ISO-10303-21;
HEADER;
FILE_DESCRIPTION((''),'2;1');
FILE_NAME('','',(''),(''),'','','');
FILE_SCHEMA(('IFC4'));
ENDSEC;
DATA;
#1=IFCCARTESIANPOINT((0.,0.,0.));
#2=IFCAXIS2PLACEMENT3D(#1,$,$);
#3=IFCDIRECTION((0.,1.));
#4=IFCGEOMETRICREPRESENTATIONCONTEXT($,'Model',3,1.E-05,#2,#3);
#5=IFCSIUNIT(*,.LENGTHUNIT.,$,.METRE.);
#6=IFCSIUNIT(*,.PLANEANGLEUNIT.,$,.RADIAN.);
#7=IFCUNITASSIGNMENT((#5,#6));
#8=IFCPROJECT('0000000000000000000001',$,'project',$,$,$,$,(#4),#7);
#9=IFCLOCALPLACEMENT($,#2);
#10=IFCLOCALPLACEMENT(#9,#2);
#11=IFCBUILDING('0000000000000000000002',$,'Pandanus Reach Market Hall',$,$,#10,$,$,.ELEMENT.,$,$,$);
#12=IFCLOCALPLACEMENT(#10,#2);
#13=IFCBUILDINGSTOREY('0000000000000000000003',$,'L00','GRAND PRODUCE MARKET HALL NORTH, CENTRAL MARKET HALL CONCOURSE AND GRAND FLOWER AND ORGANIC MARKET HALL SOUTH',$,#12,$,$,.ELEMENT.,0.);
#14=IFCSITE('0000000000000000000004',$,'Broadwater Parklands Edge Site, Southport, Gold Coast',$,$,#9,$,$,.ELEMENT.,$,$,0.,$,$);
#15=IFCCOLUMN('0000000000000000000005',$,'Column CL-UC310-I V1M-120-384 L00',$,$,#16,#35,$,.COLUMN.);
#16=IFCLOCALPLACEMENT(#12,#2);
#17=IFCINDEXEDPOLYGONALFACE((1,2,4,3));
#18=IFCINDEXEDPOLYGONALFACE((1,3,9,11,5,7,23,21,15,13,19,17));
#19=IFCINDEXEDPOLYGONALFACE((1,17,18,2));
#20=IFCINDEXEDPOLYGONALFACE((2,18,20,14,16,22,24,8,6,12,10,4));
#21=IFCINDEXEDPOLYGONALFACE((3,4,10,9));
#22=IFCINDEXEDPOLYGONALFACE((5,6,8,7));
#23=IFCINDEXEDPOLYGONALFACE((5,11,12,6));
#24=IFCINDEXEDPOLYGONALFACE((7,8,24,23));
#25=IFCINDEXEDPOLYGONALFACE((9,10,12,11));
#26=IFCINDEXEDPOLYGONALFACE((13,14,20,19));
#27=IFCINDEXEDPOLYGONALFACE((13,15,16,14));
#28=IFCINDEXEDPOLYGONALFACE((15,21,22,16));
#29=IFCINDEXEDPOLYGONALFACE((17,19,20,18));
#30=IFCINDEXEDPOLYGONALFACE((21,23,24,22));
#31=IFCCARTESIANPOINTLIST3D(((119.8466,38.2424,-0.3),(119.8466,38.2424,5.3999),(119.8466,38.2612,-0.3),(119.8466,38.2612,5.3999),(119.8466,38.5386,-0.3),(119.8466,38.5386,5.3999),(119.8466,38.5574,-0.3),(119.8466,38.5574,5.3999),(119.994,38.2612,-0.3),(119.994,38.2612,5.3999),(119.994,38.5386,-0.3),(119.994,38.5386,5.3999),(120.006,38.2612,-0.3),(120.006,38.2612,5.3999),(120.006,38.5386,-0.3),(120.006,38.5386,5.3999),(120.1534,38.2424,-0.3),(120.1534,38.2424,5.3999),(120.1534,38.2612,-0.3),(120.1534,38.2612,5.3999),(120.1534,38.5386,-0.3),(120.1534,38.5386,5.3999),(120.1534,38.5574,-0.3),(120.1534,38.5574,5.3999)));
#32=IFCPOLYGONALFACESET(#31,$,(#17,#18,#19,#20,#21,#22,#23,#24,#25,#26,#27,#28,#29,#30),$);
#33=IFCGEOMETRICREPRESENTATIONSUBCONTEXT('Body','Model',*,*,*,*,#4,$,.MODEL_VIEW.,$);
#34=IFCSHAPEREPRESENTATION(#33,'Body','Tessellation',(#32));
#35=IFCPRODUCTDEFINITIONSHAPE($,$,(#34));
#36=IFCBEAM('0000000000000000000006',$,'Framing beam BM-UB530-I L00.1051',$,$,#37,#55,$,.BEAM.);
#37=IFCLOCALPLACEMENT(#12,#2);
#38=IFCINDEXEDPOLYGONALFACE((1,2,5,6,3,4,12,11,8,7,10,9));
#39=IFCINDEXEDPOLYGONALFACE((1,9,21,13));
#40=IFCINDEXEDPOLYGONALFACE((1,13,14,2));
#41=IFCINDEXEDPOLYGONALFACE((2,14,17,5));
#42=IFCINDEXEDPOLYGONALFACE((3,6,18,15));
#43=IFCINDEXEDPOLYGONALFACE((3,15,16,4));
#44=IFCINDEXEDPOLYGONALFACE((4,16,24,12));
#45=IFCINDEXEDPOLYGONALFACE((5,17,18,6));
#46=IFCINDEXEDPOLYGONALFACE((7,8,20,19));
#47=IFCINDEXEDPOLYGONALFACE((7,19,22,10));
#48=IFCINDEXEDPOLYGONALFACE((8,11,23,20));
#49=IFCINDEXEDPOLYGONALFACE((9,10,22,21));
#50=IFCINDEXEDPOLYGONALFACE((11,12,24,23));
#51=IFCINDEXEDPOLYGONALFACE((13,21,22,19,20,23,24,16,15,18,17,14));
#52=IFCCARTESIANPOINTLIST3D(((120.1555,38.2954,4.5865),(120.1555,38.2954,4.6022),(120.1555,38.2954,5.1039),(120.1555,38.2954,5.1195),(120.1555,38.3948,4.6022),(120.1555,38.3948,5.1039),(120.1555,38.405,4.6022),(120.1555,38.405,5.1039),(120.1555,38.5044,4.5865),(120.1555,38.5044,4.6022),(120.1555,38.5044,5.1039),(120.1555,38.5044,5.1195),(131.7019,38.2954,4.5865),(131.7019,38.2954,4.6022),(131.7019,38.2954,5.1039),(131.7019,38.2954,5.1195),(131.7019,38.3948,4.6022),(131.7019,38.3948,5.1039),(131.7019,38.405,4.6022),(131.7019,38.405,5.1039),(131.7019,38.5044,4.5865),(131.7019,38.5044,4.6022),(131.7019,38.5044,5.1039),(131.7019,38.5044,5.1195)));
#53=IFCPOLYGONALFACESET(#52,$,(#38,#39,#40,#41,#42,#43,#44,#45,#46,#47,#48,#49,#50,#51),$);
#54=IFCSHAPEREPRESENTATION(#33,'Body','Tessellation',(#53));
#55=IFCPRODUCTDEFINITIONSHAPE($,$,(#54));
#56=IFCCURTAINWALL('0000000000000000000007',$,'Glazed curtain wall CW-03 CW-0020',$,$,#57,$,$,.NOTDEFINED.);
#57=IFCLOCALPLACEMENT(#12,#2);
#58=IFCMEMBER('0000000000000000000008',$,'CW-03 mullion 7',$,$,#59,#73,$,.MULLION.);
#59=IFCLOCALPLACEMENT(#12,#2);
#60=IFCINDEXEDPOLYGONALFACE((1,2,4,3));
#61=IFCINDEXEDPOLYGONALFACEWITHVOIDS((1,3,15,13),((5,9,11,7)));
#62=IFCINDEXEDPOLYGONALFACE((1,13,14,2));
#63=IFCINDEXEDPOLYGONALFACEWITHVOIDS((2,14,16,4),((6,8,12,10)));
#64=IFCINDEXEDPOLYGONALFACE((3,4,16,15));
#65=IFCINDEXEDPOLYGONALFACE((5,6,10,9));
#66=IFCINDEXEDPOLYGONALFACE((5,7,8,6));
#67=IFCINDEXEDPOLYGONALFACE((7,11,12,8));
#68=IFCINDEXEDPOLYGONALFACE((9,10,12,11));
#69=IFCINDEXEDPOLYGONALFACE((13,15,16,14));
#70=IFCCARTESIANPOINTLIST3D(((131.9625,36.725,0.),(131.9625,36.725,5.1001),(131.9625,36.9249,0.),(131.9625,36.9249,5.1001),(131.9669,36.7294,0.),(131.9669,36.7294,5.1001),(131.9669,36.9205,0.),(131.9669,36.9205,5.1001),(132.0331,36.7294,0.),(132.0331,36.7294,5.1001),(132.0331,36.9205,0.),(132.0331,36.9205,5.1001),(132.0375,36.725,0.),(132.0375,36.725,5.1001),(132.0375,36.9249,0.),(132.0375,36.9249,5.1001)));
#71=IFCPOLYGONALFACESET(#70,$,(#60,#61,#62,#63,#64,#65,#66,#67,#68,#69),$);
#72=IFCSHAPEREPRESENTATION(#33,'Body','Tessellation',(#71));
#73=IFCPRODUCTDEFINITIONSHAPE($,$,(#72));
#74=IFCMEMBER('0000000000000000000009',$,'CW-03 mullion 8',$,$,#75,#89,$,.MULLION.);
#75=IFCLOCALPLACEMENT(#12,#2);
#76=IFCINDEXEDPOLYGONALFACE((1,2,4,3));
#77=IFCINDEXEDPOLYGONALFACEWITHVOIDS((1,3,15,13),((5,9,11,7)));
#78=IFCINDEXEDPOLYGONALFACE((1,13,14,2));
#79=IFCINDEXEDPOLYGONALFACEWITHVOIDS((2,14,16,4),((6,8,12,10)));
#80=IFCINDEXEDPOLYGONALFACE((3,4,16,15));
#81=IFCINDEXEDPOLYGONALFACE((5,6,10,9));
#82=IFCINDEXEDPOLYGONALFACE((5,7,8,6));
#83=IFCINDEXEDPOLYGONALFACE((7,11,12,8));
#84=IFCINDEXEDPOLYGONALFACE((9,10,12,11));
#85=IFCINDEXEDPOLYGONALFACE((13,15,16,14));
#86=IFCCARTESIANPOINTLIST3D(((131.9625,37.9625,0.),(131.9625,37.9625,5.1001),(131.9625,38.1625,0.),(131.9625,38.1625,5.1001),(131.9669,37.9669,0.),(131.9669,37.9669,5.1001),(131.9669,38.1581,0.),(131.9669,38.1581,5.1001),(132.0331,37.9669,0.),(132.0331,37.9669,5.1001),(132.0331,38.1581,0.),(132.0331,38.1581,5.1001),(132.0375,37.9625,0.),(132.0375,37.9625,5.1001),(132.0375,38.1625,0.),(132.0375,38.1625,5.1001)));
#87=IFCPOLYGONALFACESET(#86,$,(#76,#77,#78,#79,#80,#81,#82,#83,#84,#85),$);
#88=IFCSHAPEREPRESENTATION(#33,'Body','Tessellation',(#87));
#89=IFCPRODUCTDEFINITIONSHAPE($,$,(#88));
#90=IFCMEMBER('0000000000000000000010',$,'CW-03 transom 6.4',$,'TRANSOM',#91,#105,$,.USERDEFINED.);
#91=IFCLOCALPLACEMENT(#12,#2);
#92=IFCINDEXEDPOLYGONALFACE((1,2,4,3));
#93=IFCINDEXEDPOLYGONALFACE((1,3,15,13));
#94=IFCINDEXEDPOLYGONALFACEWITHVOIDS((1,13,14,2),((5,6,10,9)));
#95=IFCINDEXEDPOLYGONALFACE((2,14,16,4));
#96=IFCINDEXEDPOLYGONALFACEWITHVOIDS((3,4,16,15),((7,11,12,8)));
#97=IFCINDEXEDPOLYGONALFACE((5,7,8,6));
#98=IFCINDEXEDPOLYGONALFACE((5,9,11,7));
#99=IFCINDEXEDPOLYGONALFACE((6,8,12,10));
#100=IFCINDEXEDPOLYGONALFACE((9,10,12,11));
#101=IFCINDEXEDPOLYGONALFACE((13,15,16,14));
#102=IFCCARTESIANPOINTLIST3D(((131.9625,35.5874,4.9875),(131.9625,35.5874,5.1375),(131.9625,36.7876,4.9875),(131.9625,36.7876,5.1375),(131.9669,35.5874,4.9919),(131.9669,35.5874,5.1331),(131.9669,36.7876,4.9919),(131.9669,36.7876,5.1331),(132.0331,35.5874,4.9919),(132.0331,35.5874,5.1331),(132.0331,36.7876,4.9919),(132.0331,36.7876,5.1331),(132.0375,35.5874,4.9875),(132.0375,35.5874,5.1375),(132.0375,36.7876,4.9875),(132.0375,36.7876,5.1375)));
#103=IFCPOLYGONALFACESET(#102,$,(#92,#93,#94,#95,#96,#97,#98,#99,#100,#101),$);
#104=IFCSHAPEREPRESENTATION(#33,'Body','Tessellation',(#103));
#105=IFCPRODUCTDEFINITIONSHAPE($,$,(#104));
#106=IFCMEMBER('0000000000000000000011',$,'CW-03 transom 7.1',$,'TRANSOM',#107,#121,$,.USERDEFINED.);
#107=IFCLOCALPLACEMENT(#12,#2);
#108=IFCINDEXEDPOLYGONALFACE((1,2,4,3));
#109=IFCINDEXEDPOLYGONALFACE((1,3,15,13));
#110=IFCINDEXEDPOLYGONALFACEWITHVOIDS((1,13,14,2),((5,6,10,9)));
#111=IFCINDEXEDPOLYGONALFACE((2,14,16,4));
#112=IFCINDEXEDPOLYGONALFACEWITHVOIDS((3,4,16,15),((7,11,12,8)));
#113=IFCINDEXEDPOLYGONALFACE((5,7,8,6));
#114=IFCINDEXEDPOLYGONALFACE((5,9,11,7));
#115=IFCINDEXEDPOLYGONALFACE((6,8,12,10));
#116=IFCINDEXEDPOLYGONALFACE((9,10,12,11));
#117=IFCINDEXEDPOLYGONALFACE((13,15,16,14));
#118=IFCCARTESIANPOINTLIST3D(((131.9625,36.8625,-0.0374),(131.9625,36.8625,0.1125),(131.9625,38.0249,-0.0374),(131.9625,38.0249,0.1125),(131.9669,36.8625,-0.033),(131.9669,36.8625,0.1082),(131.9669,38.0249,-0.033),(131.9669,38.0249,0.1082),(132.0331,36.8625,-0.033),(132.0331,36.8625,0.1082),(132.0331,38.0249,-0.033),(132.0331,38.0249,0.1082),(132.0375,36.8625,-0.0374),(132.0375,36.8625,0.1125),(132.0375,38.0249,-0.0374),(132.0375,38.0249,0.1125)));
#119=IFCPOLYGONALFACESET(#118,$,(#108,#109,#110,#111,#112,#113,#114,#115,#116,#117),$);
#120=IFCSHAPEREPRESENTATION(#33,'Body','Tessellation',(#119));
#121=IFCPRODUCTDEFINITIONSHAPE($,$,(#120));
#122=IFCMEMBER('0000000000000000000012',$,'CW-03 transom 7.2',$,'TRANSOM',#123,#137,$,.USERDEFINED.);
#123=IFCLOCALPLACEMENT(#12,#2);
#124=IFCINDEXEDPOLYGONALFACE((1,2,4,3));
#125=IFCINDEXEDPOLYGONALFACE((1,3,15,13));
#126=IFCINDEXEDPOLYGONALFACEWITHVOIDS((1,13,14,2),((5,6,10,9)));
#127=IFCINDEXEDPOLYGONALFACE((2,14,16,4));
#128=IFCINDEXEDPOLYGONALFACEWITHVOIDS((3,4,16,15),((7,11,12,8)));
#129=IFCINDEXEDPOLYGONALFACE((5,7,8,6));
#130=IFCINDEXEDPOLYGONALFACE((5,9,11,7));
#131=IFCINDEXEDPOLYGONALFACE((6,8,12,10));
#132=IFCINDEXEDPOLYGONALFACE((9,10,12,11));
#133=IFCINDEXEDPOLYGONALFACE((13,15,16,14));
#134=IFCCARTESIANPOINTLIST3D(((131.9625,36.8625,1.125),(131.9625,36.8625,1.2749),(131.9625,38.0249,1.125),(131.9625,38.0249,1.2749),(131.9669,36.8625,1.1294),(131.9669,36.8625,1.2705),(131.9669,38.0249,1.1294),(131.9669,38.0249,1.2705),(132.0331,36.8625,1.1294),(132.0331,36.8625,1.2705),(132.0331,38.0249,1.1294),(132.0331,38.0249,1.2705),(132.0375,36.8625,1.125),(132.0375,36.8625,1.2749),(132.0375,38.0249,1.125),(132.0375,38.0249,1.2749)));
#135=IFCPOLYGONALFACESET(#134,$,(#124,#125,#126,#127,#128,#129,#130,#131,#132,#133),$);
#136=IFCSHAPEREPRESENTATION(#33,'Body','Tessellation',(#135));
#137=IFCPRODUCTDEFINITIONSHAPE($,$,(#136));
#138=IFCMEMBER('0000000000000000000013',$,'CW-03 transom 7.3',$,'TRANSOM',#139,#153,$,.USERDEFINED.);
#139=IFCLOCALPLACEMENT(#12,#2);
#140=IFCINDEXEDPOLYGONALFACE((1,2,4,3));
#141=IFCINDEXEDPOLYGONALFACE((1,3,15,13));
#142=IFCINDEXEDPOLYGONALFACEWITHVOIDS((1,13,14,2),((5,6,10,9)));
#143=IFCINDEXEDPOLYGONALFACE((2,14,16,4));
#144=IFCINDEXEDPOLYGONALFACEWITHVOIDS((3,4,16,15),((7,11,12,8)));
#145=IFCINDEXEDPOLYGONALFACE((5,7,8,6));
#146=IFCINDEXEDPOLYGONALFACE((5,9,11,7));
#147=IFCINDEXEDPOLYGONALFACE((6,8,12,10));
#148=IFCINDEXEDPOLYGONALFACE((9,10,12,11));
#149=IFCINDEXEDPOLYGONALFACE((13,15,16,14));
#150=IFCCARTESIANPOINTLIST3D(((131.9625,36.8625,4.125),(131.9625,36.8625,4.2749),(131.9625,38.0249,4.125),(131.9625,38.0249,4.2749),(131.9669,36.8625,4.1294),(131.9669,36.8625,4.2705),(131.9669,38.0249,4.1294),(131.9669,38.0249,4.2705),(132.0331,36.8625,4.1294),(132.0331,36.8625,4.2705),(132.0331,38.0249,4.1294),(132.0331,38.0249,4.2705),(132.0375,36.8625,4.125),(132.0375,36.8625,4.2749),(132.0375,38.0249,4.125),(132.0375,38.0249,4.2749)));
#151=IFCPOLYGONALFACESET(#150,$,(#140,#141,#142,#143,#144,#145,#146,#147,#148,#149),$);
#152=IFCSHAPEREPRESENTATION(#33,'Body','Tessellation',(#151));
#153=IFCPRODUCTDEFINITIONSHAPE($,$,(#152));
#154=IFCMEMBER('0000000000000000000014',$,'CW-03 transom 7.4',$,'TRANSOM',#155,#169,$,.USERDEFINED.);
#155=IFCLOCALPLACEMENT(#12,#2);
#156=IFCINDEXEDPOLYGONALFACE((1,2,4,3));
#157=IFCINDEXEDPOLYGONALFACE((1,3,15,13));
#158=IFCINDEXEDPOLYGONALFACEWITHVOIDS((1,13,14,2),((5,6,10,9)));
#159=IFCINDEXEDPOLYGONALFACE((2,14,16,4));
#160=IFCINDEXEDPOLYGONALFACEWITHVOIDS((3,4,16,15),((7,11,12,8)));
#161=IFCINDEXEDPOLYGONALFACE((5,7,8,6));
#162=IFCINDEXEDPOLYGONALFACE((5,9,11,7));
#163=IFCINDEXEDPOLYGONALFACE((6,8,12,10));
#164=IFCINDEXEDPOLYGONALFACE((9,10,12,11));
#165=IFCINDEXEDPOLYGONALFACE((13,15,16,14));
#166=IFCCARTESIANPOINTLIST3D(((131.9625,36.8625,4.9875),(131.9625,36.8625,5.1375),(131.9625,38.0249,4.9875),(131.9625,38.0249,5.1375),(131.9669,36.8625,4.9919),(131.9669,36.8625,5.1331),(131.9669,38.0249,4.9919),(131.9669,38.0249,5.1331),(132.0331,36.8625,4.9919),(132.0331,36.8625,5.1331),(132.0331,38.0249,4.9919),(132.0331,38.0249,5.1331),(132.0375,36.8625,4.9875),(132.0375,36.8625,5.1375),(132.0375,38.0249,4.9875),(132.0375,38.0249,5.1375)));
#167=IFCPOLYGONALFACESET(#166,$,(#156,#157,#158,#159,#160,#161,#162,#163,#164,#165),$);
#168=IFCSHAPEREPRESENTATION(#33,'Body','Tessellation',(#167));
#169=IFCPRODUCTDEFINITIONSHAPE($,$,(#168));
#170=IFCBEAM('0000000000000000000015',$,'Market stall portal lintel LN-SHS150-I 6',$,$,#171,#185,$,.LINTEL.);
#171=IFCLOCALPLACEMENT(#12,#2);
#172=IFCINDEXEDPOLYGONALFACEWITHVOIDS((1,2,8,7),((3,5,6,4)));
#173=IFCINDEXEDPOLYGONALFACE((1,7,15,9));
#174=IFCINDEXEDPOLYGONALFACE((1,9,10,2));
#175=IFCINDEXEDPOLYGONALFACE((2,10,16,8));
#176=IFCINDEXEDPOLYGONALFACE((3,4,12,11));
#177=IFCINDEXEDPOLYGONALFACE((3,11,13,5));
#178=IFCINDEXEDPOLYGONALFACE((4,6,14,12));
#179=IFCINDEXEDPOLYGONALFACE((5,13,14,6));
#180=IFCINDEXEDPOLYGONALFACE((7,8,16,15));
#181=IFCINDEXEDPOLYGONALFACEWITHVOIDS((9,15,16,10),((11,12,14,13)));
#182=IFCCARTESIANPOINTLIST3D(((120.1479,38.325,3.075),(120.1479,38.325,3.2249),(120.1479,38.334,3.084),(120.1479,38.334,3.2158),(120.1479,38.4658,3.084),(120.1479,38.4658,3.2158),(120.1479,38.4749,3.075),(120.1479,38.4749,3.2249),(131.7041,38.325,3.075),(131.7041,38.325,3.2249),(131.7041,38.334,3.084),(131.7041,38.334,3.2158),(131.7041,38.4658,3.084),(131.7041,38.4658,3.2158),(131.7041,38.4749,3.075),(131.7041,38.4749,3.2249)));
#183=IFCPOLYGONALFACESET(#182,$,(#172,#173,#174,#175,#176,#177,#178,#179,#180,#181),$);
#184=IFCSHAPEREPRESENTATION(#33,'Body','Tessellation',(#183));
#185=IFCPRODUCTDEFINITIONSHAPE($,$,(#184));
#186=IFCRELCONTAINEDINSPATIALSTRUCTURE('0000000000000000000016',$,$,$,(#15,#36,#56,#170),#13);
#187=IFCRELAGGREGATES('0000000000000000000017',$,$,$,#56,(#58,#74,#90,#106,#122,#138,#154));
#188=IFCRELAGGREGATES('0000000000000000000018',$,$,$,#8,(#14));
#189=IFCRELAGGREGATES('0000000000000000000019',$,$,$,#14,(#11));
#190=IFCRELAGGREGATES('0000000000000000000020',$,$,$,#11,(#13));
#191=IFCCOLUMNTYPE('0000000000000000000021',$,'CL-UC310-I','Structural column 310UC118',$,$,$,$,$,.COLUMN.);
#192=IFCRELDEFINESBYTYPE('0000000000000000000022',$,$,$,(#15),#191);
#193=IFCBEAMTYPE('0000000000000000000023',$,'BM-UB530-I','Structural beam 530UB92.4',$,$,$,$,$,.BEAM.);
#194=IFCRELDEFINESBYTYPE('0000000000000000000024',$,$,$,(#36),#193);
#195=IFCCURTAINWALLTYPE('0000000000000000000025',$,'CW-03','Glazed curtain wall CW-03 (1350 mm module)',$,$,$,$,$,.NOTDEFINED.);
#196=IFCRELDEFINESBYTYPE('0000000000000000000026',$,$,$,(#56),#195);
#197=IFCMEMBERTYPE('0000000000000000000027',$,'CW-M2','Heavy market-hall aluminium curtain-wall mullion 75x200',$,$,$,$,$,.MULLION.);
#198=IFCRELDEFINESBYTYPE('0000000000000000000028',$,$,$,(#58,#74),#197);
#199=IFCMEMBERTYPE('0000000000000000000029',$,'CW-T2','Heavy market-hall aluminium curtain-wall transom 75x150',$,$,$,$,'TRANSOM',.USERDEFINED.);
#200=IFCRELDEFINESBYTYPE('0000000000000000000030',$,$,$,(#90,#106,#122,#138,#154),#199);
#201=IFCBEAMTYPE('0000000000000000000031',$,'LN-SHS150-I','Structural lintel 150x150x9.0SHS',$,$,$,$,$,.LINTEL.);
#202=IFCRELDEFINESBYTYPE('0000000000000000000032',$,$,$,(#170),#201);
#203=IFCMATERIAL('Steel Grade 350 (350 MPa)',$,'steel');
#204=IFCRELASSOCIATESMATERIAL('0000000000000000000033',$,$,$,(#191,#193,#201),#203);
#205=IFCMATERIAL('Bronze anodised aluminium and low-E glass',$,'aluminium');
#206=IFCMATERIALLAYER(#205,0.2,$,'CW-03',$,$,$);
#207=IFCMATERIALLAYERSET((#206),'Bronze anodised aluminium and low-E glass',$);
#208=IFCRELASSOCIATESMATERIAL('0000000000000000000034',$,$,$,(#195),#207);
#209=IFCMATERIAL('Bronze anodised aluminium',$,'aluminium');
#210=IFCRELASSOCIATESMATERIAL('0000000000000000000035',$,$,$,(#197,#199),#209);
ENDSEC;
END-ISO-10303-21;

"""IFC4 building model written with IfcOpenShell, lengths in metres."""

from ifc_helpers import new_model, si_unit, direction, frame, origin, origin_2d, place, context, subcontext, project, spatial, hollow_rectangle, i_section, extrude, material, layer, layer_set, material_profile, profile_set, type_object, element, aggregate, save


model = new_model("IFC4")

# Units and contexts
model_context = context("Model", 3, precision=1e-05, world=origin(), true_north=direction((0.0, 1.0)))
body_context = subcontext(model_context, "Body", "Model", "MODEL_VIEW")
ifc_project = project(units=[si_unit("LENGTHUNIT", "METRE"), si_unit("PLANEANGLEUNIT", "RADIAN")], contexts=[model_context])

# Site, building, storey
site_placement = place(None, origin())
site = spatial("IfcSite", under=ifc_project, at=site_placement, Name="Broadwater Parklands Edge Site, Southport, Gold Coast", CompositionType="ELEMENT", RefElevation=0.0)
building_placement = place(site_placement, origin())
building = spatial("IfcBuilding", under=site, at=building_placement, Name="Pandanus Reach Market Hall", CompositionType="ELEMENT")
storey_placement = place(building_placement, origin())
storey = spatial("IfcBuildingStorey", under=building, at=storey_placement, Name="L00", Description="GRAND PRODUCE MARKET HALL NORTH, CENTRAL MARKET HALL CONCOURSE AND GRAND FLOWER AND ORGANIC MARKET HALL SOUTH", CompositionType="ELEMENT", Elevation=0.0)

# Column
ifc_material_1 = material(Name="Steel Grade 350 (350 MPa)", Category="steel")
ifc_material_profile_1 = material_profile(ifc_material_1, i_section(OverallWidth=0.3069, OverallDepth=0.3149, WebThickness=0.012, FlangeThickness=0.0188, at=origin_2d()), Name="310UC118", Category="LoadBearing")
ifc_profile_set_1 = profile_set([ifc_material_profile_1], Name="Steel Grade 350 (350 MPa)")
column_type_1 = type_object("IfcColumnType", Name="CL-UC310-I", Description="Structural column 310UC118", PredefinedType="COLUMN", material=ifc_profile_set_1)
column_1_placement = place(storey_placement, frame((120.0, 38.3999, -0.3), z_axis=(0.0, 0.0, 1.0), x_axis=(1.0, 0.0, 0.0)))
element("IfcColumn", 1, at=column_1_placement, inside=storey, type_object=column_type_1, Name="Column CL-UC310-I V1M-120-384 L00", PredefinedType="COLUMN", context=body_context, shape_type="SweptSolid", body=[
    extrude(i_section(OverallWidth=0.3069, OverallDepth=0.3149, WebThickness=0.012, FlangeThickness=0.0188, at=origin_2d()), origin(), (0.0, 0.0, 1.0), 5.7),
])

# Beam
ifc_material_profile_2 = material_profile(ifc_material_1, i_section(OverallWidth=0.209, OverallDepth=0.533, WebThickness=0.0103, FlangeThickness=0.0156, at=origin_2d()), Name="530UB92.4", Category="LoadBearing")
ifc_profile_set_2 = profile_set([ifc_material_profile_2], Name="Steel Grade 350 (350 MPa)")
beam_type_1 = type_object("IfcBeamType", Name="BM-UB530-I", Description="Structural beam 530UB92.4", PredefinedType="BEAM", material=ifc_profile_set_2)
beam_1_placement = place(storey_placement, frame((120.1555, 38.3999, 4.853), z_axis=(1.0, 0.0, 0.0), x_axis=(0.0, 1.0, 0.0)))
element("IfcBeam", 2, at=beam_1_placement, inside=storey, type_object=beam_type_1, Name="Framing beam BM-UB530-I L00.1051", PredefinedType="BEAM", context=body_context, shape_type="SweptSolid", body=[
    extrude(i_section(OverallWidth=0.209, OverallDepth=0.533, WebThickness=0.0103, FlangeThickness=0.0156, at=origin_2d()), origin(), (0.0, 0.0, 1.0), 11.5464),
])

# Curtain wall, members
ifc_material_2 = material(Name="Bronze anodised aluminium and low-E glass", Category="aluminium")
ifc_layer_1 = layer(ifc_material_2, 0.2, Name="CW-03")
ifc_layer_set_1 = layer_set([ifc_layer_1], Name="Bronze anodised aluminium and low-E glass")
curtain_wall_type = type_object("IfcCurtainWallType", Name="CW-03", Description="Glazed curtain wall CW-03 (1350 mm module)", PredefinedType="NOTDEFINED", material=ifc_layer_set_1)
curtain_wall_placement = place(storey_placement, origin())
curtain_wall = element("IfcCurtainWall", 3, at=curtain_wall_placement, inside=storey, type_object=curtain_wall_type, Name="Glazed curtain wall CW-03 CW-0020", PredefinedType="NOTDEFINED")
ifc_material_3 = material(Name="Bronze anodised aluminium", Category="aluminium")
ifc_material_profile_3 = material_profile(ifc_material_3, hollow_rectangle(XDim=0.075, YDim=0.2, WallThickness=0.0044, at=origin_2d()), Name="ALU75x200", Category="LoadBearing")
ifc_profile_set_3 = profile_set([ifc_material_profile_3], Name="Bronze anodised aluminium")
member_type_1 = type_object("IfcMemberType", Name="CW-M2", Description="Heavy market-hall aluminium curtain-wall mullion 75x200", PredefinedType="MULLION", material=ifc_profile_set_3)
member_1_placement = place(storey_placement, frame((132.0, 36.825, 0.0), z_axis=(0.0, 0.0, 1.0), x_axis=(-1.0, 0.0, 0.0)))
member_1 = element("IfcMember", 4, at=member_1_placement, type_object=member_type_1, Name="CW-03 mullion 7", PredefinedType="MULLION", context=body_context, shape_type="SweptSolid", body=[
    extrude(hollow_rectangle(XDim=0.075, YDim=0.2, WallThickness=0.0044, at=origin_2d()), origin(), (0.0, 0.0, 1.0), 5.1001),
])
member_2_placement = place(storey_placement, frame((132.0, 38.0625, 0.0), z_axis=(0.0, 0.0, 1.0), x_axis=(-1.0, 0.0, 0.0)))
member_2 = element("IfcMember", 5, at=member_2_placement, type_object=member_type_1, Name="CW-03 mullion 8", PredefinedType="MULLION", context=body_context, shape_type="SweptSolid", body=[
    extrude(hollow_rectangle(XDim=0.075, YDim=0.2, WallThickness=0.0044, at=origin_2d()), origin(), (0.0, 0.0, 1.0), 5.1001),
])
ifc_material_profile_4 = material_profile(ifc_material_3, hollow_rectangle(XDim=0.075, YDim=0.1499, WallThickness=0.0044, at=origin_2d()), Name="ALU75x150", Category="LoadBearing")
ifc_profile_set_4 = profile_set([ifc_material_profile_4], Name="Bronze anodised aluminium")
member_type_2 = type_object("IfcMemberType", Name="CW-T2", Description="Heavy market-hall aluminium curtain-wall transom 75x150", ElementType="TRANSOM", PredefinedType="USERDEFINED", material=ifc_profile_set_4)
member_3_placement = place(storey_placement, frame((132.0, 35.5874, 5.0625), z_axis=(0.0, 1.0, 0.0), x_axis=(-1.0, 0.0, 0.0)))
member_3 = element("IfcMember", 6, at=member_3_placement, type_object=member_type_2, Name="CW-03 transom 6.4", ObjectType="TRANSOM", PredefinedType="USERDEFINED", context=body_context, shape_type="SweptSolid", body=[
    extrude(hollow_rectangle(XDim=0.075, YDim=0.1499, WallThickness=0.0044, at=origin_2d()), origin(), (0.0, 0.0, 1.0), 1.2002),
])
member_4_placement = place(storey_placement, frame((132.0, 36.8625, 0.0376), z_axis=(0.0, 1.0, 0.0), x_axis=(-1.0, 0.0, 0.0)))
member_4 = element("IfcMember", 7, at=member_4_placement, type_object=member_type_2, Name="CW-03 transom 7.1", ObjectType="TRANSOM", PredefinedType="USERDEFINED", context=body_context, shape_type="SweptSolid", body=[
    extrude(hollow_rectangle(XDim=0.075, YDim=0.1499, WallThickness=0.0044, at=origin_2d()), origin(), (0.0, 0.0, 1.0), 1.1624),
])
member_5_placement = place(storey_placement, frame((132.0, 36.8625, 1.2), z_axis=(0.0, 1.0, 0.0), x_axis=(-1.0, 0.0, 0.0)))
member_5 = element("IfcMember", 8, at=member_5_placement, type_object=member_type_2, Name="CW-03 transom 7.2", ObjectType="TRANSOM", PredefinedType="USERDEFINED", context=body_context, shape_type="SweptSolid", body=[
    extrude(hollow_rectangle(XDim=0.075, YDim=0.1499, WallThickness=0.0044, at=origin_2d()), origin(), (0.0, 0.0, 1.0), 1.1624),
])
member_6_placement = place(storey_placement, frame((132.0, 36.8625, 4.2), z_axis=(0.0, 1.0, 0.0), x_axis=(-1.0, 0.0, 0.0)))
member_6 = element("IfcMember", 9, at=member_6_placement, type_object=member_type_2, Name="CW-03 transom 7.3", ObjectType="TRANSOM", PredefinedType="USERDEFINED", context=body_context, shape_type="SweptSolid", body=[
    extrude(hollow_rectangle(XDim=0.075, YDim=0.1499, WallThickness=0.0044, at=origin_2d()), origin(), (0.0, 0.0, 1.0), 1.1624),
])
member_7_placement = place(storey_placement, frame((132.0, 36.8625, 5.0625), z_axis=(0.0, 1.0, 0.0), x_axis=(-1.0, 0.0, 0.0)))
member_7 = element("IfcMember", 10, at=member_7_placement, type_object=member_type_2, Name="CW-03 transom 7.4", ObjectType="TRANSOM", PredefinedType="USERDEFINED", context=body_context, shape_type="SweptSolid", body=[
    extrude(hollow_rectangle(XDim=0.075, YDim=0.1499, WallThickness=0.0044, at=origin_2d()), origin(), (0.0, 0.0, 1.0), 1.1624),
])

# Beam
ifc_material_profile_5 = material_profile(ifc_material_1, hollow_rectangle(XDim=0.1499, YDim=0.1499, WallThickness=0.009, at=origin_2d()), Name="150x150x9.0SHS", Category="LoadBearing")
ifc_profile_set_5 = profile_set([ifc_material_profile_5], Name="Steel Grade 350 (350 MPa)")
beam_type_2 = type_object("IfcBeamType", Name="LN-SHS150-I", Description="Structural lintel 150x150x9.0SHS", PredefinedType="LINTEL", material=ifc_profile_set_5)
beam_2_placement = place(storey_placement, frame((120.1479, 38.3999, 3.1499), z_axis=(1.0, 0.0, 0.0), x_axis=(0.0, 1.0, 0.0)))
element("IfcBeam", 11, at=beam_2_placement, inside=storey, type_object=beam_type_2, Name="Market stall portal lintel LN-SHS150-I 6", PredefinedType="LINTEL", context=body_context, shape_type="SweptSolid", body=[
    extrude(hollow_rectangle(XDim=0.1499, YDim=0.1499, WallThickness=0.009, at=origin_2d()), origin(), (0.0, 0.0, 1.0), 11.5562),
])

aggregate(curtain_wall, [member_1, member_2, member_3, member_4, member_5, member_6, member_7])

save(model, "model.ifc")
